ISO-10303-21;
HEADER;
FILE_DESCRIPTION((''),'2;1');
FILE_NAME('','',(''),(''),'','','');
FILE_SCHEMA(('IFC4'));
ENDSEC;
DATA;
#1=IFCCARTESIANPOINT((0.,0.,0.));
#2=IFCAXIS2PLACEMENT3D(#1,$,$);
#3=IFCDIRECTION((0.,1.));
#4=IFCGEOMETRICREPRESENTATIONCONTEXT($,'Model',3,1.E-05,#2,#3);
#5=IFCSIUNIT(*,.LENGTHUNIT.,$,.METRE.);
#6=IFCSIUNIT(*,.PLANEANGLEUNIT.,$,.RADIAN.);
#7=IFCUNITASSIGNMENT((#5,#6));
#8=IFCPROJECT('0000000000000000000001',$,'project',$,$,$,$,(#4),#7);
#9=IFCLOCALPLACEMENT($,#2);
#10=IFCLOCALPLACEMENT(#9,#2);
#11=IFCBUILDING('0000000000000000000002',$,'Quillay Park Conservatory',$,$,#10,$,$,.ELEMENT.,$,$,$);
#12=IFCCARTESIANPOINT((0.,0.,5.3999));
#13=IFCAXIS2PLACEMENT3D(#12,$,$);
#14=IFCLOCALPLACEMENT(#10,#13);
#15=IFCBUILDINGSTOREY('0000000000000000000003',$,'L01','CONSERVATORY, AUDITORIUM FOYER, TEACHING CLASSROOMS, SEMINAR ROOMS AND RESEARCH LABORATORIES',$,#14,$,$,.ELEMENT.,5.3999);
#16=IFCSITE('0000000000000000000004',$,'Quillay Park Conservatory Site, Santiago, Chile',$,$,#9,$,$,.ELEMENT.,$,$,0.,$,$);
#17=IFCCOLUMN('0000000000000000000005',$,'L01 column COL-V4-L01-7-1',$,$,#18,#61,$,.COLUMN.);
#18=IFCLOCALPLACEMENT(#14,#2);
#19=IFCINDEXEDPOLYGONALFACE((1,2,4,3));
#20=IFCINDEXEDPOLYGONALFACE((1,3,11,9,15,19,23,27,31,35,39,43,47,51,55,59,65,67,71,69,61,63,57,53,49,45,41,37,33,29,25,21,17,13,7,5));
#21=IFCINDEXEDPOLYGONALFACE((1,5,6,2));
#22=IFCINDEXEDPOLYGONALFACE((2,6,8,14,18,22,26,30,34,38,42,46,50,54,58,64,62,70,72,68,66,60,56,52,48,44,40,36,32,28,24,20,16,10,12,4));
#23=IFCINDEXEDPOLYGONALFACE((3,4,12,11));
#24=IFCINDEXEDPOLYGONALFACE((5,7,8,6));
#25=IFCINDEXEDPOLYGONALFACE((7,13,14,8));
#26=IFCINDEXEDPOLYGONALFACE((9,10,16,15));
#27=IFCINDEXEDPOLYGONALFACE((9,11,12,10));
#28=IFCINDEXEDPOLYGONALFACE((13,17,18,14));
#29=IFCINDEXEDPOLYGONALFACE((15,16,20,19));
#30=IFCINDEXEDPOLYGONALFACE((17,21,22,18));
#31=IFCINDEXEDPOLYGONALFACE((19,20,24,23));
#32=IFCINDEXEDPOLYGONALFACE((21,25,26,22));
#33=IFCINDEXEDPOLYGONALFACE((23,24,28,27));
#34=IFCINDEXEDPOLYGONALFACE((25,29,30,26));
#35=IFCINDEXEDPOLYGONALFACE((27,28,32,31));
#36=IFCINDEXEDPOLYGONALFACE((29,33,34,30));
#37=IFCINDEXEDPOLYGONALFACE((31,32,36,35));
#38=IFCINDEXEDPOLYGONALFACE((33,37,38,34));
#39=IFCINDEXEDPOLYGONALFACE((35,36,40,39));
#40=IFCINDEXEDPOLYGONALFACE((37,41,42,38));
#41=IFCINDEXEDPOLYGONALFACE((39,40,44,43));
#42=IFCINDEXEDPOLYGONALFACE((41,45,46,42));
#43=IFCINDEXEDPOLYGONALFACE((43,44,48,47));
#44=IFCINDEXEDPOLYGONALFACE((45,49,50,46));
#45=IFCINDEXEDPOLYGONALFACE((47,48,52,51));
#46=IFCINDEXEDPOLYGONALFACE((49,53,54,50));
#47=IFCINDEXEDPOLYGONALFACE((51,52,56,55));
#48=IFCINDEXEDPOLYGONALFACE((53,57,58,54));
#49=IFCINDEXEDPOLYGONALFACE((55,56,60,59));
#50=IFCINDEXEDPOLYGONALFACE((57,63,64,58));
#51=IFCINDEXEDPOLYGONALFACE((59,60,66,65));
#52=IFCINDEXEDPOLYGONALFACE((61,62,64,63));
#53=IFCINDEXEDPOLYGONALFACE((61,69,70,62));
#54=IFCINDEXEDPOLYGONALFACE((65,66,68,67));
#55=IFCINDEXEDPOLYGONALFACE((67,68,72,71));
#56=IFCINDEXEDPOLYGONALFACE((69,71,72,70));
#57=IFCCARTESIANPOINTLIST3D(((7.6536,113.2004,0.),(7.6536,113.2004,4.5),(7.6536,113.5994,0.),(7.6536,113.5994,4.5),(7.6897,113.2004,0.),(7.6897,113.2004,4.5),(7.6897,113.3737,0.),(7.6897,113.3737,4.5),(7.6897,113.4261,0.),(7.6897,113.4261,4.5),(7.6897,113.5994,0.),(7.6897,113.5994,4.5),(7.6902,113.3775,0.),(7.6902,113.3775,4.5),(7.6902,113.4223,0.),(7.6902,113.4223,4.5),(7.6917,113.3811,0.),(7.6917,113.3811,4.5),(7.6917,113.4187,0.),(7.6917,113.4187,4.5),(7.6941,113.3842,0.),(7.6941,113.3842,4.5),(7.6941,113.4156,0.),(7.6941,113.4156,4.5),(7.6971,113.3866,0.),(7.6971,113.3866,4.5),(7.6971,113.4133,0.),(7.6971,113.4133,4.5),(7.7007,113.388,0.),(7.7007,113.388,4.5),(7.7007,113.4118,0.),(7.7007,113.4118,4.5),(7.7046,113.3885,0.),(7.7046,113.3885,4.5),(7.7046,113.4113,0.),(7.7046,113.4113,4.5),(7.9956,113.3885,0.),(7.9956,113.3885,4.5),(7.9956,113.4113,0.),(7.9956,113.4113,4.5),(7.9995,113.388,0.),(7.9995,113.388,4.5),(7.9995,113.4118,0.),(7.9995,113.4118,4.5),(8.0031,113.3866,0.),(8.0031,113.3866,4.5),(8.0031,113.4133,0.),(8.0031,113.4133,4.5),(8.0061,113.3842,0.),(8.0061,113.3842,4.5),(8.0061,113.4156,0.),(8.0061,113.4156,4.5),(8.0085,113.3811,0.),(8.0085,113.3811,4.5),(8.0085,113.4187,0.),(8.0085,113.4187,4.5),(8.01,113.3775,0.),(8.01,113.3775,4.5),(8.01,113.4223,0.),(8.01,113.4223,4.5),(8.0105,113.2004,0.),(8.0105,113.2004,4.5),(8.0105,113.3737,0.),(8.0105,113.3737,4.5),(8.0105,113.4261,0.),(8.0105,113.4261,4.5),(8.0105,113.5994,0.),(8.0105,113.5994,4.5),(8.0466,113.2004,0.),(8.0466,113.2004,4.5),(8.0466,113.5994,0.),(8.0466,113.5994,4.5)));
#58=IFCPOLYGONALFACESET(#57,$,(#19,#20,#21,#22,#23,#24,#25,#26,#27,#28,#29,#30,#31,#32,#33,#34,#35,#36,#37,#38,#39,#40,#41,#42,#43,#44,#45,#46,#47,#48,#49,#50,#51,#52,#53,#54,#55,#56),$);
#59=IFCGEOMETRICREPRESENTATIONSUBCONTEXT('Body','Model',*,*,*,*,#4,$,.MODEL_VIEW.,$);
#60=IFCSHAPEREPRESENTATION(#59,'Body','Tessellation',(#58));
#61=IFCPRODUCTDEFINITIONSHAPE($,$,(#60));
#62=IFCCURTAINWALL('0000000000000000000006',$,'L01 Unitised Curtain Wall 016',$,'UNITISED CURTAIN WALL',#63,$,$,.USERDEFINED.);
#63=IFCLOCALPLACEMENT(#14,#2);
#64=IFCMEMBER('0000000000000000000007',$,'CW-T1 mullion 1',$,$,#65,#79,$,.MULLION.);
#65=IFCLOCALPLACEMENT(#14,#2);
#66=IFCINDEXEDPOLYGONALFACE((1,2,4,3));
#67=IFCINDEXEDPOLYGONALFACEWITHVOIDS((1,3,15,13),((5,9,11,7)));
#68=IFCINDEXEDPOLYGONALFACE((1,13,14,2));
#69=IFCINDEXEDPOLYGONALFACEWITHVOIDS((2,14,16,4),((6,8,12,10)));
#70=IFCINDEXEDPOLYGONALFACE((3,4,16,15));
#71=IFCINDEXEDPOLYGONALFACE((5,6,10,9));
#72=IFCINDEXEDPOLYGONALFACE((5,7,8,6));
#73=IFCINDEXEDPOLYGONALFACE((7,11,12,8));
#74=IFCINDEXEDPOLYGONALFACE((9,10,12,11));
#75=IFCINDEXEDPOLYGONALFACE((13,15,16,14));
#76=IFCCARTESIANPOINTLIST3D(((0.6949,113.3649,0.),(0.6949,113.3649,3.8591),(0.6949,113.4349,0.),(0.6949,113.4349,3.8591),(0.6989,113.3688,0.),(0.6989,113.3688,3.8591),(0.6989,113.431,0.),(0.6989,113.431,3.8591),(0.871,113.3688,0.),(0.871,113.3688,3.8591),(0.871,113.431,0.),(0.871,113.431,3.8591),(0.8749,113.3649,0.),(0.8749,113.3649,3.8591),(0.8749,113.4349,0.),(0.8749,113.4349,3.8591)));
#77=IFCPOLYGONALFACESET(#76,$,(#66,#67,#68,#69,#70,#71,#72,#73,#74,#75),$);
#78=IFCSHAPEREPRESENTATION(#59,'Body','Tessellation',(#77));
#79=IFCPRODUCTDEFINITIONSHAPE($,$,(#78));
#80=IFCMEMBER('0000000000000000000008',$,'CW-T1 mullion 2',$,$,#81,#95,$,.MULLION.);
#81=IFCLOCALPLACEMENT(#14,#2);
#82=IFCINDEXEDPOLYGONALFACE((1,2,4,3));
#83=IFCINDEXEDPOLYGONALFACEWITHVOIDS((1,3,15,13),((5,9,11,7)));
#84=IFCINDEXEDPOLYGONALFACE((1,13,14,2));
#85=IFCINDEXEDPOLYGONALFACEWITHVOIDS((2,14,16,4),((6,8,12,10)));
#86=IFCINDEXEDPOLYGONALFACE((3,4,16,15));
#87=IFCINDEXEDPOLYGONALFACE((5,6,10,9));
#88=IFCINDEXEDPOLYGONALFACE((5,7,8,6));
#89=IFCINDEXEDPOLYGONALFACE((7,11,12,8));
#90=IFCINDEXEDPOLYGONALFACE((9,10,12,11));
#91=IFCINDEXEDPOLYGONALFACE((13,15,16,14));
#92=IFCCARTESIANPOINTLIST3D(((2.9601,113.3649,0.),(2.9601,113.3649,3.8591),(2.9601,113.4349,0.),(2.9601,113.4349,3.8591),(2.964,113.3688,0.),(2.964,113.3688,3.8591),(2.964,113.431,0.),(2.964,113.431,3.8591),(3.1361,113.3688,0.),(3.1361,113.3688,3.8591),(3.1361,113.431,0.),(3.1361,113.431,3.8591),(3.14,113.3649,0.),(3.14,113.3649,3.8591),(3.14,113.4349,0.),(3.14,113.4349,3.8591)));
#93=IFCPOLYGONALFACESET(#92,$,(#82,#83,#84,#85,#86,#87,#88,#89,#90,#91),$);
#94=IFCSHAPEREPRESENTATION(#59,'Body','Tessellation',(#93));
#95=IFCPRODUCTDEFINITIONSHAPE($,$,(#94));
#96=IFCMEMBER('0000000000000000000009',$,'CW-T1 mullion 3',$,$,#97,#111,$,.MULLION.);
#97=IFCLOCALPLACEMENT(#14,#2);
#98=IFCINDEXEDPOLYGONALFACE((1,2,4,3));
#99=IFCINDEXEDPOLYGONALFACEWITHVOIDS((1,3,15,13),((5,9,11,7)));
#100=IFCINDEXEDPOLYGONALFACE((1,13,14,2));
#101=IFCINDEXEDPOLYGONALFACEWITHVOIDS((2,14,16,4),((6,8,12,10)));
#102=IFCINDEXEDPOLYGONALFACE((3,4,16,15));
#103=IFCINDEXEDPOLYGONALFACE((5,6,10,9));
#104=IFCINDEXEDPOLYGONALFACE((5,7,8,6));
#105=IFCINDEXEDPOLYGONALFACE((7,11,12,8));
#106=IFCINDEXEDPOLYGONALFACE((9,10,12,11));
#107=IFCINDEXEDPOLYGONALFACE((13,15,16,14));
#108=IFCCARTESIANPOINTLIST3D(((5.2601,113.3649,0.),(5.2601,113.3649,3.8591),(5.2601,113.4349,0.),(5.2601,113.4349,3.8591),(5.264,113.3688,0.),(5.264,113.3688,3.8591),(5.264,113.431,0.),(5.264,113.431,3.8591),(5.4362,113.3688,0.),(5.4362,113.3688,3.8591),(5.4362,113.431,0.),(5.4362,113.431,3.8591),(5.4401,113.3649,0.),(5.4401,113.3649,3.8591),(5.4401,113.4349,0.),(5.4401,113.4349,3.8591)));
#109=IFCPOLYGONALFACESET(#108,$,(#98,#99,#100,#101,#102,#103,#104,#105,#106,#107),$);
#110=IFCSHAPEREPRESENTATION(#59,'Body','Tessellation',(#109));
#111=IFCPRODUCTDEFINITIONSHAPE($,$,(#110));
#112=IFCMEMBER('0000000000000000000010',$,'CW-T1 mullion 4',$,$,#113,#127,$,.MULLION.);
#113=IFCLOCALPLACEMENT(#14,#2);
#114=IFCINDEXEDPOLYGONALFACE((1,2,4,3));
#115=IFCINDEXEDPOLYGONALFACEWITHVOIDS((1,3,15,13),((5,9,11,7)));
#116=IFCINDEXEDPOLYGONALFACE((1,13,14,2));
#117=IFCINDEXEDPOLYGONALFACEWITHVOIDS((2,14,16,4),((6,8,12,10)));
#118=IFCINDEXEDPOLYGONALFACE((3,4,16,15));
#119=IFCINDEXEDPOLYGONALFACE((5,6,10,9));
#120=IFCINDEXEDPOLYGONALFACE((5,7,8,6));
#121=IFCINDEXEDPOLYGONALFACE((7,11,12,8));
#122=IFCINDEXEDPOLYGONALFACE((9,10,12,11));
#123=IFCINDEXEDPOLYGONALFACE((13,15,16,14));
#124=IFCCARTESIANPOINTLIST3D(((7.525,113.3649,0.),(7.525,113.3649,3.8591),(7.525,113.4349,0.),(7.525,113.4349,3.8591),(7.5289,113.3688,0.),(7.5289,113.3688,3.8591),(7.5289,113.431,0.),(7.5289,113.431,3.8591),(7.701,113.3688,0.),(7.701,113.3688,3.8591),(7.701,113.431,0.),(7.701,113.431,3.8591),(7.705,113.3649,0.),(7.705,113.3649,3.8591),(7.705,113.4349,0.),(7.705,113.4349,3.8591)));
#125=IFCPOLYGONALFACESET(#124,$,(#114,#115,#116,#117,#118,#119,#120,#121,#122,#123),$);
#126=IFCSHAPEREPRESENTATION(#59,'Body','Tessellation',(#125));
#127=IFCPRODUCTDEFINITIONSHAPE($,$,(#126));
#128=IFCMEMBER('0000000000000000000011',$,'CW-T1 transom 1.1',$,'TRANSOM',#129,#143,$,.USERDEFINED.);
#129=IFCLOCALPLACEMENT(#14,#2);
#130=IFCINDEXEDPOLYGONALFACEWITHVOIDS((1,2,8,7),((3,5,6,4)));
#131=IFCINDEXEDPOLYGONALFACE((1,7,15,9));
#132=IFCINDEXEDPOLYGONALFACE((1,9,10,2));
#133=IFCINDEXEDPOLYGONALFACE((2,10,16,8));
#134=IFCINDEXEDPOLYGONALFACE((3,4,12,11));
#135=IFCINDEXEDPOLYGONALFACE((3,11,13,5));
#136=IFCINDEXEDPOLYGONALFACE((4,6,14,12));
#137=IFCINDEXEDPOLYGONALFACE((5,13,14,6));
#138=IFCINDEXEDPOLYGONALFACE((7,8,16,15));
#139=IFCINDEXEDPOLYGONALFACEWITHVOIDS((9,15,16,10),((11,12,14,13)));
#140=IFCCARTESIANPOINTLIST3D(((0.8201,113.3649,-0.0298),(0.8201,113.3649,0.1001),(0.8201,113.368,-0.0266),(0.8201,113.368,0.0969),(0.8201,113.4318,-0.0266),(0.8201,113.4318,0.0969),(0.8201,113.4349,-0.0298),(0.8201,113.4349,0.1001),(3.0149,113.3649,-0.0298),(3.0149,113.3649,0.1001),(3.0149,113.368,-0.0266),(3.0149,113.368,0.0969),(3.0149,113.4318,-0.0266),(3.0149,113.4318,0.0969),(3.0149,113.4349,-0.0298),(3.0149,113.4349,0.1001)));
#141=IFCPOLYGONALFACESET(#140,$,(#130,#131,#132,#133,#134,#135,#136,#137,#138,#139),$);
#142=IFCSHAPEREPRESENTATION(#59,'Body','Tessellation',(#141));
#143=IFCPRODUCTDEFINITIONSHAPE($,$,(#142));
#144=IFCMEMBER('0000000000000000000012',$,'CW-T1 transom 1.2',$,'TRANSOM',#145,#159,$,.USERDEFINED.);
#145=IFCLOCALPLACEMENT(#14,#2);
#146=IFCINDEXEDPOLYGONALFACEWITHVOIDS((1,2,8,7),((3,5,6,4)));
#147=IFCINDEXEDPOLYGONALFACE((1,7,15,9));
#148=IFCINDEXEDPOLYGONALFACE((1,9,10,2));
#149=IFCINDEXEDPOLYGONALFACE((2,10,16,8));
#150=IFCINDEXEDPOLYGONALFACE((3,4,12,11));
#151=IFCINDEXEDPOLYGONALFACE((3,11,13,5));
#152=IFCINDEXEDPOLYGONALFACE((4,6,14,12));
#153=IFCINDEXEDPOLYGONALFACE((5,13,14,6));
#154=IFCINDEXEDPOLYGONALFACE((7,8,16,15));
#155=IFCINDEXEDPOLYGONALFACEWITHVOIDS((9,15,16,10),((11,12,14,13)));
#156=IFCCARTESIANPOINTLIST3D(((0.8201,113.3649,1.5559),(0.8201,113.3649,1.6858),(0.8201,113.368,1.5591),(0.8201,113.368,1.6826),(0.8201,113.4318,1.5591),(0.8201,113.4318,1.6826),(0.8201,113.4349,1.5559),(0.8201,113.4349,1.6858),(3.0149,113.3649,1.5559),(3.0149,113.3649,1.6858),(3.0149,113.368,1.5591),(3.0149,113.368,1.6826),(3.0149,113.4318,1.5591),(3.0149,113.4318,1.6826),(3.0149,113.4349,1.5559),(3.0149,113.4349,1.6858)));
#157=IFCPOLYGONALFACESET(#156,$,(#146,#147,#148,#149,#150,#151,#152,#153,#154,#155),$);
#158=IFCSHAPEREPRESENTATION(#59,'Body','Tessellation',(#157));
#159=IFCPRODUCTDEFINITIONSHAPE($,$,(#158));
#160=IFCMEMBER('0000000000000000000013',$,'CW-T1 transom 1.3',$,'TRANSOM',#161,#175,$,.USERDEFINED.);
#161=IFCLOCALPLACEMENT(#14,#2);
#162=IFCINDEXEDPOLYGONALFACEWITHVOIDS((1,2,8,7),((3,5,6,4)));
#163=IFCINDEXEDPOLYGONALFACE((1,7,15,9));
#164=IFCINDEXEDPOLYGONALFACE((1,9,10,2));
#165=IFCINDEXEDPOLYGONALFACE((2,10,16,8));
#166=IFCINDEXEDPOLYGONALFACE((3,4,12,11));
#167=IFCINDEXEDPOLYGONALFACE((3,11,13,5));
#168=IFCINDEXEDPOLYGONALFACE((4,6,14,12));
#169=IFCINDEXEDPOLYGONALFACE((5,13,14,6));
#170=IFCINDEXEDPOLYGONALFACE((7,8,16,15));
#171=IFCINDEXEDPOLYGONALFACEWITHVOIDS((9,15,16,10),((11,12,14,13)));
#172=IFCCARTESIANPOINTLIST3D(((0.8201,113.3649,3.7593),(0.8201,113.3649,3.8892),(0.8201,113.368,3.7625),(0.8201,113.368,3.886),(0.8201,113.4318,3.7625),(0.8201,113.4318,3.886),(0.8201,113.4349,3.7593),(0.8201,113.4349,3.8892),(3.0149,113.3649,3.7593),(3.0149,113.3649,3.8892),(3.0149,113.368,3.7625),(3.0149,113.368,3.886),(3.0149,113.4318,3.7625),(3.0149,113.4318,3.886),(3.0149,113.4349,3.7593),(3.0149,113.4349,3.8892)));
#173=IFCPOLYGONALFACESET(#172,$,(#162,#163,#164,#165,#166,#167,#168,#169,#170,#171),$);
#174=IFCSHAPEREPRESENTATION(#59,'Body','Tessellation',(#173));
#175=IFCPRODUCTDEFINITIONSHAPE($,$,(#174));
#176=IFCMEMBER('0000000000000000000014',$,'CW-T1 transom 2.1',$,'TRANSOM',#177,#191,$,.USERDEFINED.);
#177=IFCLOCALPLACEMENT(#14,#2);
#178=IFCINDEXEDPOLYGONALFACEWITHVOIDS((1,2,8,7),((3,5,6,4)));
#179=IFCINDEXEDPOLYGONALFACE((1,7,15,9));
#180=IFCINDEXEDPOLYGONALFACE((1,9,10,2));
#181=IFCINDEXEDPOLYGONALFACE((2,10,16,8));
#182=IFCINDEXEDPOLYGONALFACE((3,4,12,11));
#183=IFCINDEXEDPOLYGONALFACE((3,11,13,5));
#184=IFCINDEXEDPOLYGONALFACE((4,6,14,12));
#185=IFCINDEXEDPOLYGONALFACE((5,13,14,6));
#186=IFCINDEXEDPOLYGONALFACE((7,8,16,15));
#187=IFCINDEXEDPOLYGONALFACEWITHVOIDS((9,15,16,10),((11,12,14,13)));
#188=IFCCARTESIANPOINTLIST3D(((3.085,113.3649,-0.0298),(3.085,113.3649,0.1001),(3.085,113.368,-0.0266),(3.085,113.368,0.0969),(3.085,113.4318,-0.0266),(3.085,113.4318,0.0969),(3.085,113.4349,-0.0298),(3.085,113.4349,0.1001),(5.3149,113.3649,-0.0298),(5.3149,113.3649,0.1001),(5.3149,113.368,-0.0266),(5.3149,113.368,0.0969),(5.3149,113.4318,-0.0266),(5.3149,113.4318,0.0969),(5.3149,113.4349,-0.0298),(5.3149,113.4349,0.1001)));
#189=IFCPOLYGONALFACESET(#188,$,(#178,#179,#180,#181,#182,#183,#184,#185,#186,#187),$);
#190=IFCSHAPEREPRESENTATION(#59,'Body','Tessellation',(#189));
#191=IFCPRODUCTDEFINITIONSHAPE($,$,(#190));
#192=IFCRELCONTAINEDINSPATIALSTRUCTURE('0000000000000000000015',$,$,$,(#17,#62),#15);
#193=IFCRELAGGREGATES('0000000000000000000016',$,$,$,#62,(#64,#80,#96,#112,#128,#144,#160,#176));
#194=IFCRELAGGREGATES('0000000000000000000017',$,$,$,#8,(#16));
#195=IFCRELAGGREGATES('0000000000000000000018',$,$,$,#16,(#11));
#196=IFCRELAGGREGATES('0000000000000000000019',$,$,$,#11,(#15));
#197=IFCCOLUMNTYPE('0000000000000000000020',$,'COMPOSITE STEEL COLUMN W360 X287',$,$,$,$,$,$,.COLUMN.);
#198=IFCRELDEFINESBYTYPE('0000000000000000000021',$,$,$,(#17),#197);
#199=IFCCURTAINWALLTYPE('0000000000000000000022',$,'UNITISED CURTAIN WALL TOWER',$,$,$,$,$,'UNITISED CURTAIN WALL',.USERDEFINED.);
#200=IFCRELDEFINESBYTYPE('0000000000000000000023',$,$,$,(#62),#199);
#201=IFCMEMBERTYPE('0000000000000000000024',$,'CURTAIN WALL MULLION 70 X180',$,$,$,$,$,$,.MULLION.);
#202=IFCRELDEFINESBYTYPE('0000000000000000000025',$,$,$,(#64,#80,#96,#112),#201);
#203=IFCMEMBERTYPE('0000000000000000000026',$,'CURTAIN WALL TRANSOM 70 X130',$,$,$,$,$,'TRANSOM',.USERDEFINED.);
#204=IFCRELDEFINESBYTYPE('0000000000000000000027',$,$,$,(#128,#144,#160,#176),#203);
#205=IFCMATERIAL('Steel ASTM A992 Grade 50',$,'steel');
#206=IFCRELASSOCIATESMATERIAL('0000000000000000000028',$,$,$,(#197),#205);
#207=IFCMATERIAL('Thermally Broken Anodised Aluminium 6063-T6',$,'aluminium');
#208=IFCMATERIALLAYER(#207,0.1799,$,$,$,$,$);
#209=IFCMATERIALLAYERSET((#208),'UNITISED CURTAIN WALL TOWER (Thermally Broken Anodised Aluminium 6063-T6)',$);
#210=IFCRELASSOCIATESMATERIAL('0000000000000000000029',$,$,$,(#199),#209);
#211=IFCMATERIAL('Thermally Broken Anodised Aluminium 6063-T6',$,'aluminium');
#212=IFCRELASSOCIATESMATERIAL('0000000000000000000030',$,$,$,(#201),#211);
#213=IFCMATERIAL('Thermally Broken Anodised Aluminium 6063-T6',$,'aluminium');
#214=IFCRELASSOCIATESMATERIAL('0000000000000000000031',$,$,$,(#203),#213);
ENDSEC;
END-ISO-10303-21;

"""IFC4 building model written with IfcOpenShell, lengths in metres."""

from ifc_helpers import new_model, si_unit, direction, frame, origin, origin_2d, place, context, subcontext, project, spatial, hollow_rectangle, i_section, extrude, material, layer, layer_set, material_profile, profile_set, type_object, element, aggregate, save


model = new_model("IFC4")

# Units and contexts
model_context = context("Model", 3, precision=1e-05, world=origin(), true_north=direction((0.0, 1.0)))
body_context = subcontext(model_context, "Body", "Model", "MODEL_VIEW")
ifc_project = project(units=[si_unit("LENGTHUNIT", "METRE"), si_unit("PLANEANGLEUNIT", "RADIAN")], contexts=[model_context])

# Site, building, storey
site_placement = place(None, origin())
site = spatial("IfcSite", under=ifc_project, at=site_placement, Name="Quillay Park Conservatory Site, Santiago, Chile", CompositionType="ELEMENT", RefElevation=0.0)
building_placement = place(site_placement, origin())
building = spatial("IfcBuilding", under=site, at=building_placement, Name="Quillay Park Conservatory", CompositionType="ELEMENT")
storey_placement = place(building_placement, frame((0.0, 0.0, 5.3999)))
storey = spatial("IfcBuildingStorey", under=building, at=storey_placement, Name="L01", Description="CONSERVATORY, AUDITORIUM FOYER, TEACHING CLASSROOMS, SEMINAR ROOMS AND RESEARCH LABORATORIES", CompositionType="ELEMENT", Elevation=5.3999)

# Column
ifc_material_1 = material(Name="Steel ASTM A992 Grade 50", Category="steel")
ifc_material_profile_1 = material_profile(ifc_material_1, i_section(OverallWidth=0.3989, OverallDepth=0.3931, WebThickness=0.0227, FlangeThickness=0.0361, FilletRadius=0.0149, at=origin_2d()), Name="W360x287")
ifc_profile_set_1 = profile_set([ifc_material_profile_1], Name="Steel ASTM A992 Grade 50")
column_type = type_object("IfcColumnType", Name="COMPOSITE STEEL COLUMN W360 X287", PredefinedType="COLUMN", material=ifc_profile_set_1)
column_placement = place(storey_placement, frame((7.8501, 113.3999, 0.0), z_axis=(0.0, 0.0, 1.0), x_axis=(0.0, 1.0, 0.0)))
element("IfcColumn", 1, at=column_placement, inside=storey, type_object=column_type, Name="L01 column COL-V4-L01-7-1", PredefinedType="COLUMN", context=body_context, shape_type="SweptSolid", body=[
    extrude(i_section(OverallWidth=0.3989, OverallDepth=0.3931, WebThickness=0.0227, FlangeThickness=0.0361, FilletRadius=0.0149, at=origin_2d()), origin(), (0.0, 0.0, 1.0), 4.5),
])

# Curtain wall, members
ifc_material_2 = material(Name="Thermally Broken Anodised Aluminium 6063-T6", Category="aluminium")
ifc_layer_1 = layer(ifc_material_2, 0.1799)
ifc_layer_set_1 = layer_set([ifc_layer_1], Name="UNITISED CURTAIN WALL TOWER (Thermally Broken Anodised Aluminium 6063-T6)")
curtain_wall_type = type_object("IfcCurtainWallType", Name="UNITISED CURTAIN WALL TOWER", ElementType="UNITISED CURTAIN WALL", PredefinedType="USERDEFINED", material=ifc_layer_set_1)
curtain_wall_placement = place(storey_placement, origin())
curtain_wall = element("IfcCurtainWall", 2, at=curtain_wall_placement, inside=storey, type_object=curtain_wall_type, Name="L01 Unitised Curtain Wall 016", ObjectType="UNITISED CURTAIN WALL", PredefinedType="USERDEFINED")
ifc_material_3 = material(Name="Thermally Broken Anodised Aluminium 6063-T6", Category="aluminium")
ifc_material_profile_2 = material_profile(ifc_material_3, hollow_rectangle(XDim=0.0701, YDim=0.1799, WallThickness=0.0039, at=origin_2d()), Name="AL70x180x4")
ifc_profile_set_2 = profile_set([ifc_material_profile_2], Name="Thermally Broken Anodised Aluminium 6063-T6")
member_type_1 = type_object("IfcMemberType", Name="CURTAIN WALL MULLION 70 X180", PredefinedType="MULLION", material=ifc_profile_set_2)
member_1_placement = place(storey_placement, frame((0.7849, 113.3999, 0.0), z_axis=(0.0, 0.0, 1.0), x_axis=(0.0, 1.0, 0.0)))
member_1 = element("IfcMember", 3, at=member_1_placement, type_object=member_type_1, Name="CW-T1 mullion 1", PredefinedType="MULLION", context=body_context, shape_type="SweptSolid", body=[
    extrude(hollow_rectangle(XDim=0.0701, YDim=0.1799, WallThickness=0.0039, at=origin_2d()), origin(), (0.0, 0.0, 1.0), 3.8591),
])
member_2_placement = place(storey_placement, frame((3.05, 113.3999, 0.0), z_axis=(0.0, 0.0, 1.0), x_axis=(0.0, 1.0, 0.0)))
member_2 = element("IfcMember", 4, at=member_2_placement, type_object=member_type_1, Name="CW-T1 mullion 2", PredefinedType="MULLION", context=body_context, shape_type="SweptSolid", body=[
    extrude(hollow_rectangle(XDim=0.0701, YDim=0.1799, WallThickness=0.0039, at=origin_2d()), origin(), (0.0, 0.0, 1.0), 3.8591),
])
member_3_placement = place(storey_placement, frame((5.3501, 113.3999, 0.0), z_axis=(0.0, 0.0, 1.0), x_axis=(0.0, 1.0, 0.0)))
member_3 = element("IfcMember", 5, at=member_3_placement, type_object=member_type_1, Name="CW-T1 mullion 3", PredefinedType="MULLION", context=body_context, shape_type="SweptSolid", body=[
    extrude(hollow_rectangle(XDim=0.0701, YDim=0.1799, WallThickness=0.0039, at=origin_2d()), origin(), (0.0, 0.0, 1.0), 3.8591),
])
member_4_placement = place(storey_placement, frame((7.615, 113.3999, 0.0), z_axis=(0.0, 0.0, 1.0), x_axis=(0.0, 1.0, 0.0)))
member_4 = element("IfcMember", 6, at=member_4_placement, type_object=member_type_1, Name="CW-T1 mullion 4", PredefinedType="MULLION", context=body_context, shape_type="SweptSolid", body=[
    extrude(hollow_rectangle(XDim=0.0701, YDim=0.1799, WallThickness=0.0039, at=origin_2d()), origin(), (0.0, 0.0, 1.0), 3.8591),
])
ifc_material_4 = material(Name="Thermally Broken Anodised Aluminium 6063-T6", Category="aluminium")
ifc_material_profile_3 = material_profile(ifc_material_4, hollow_rectangle(XDim=0.0701, YDim=0.1299, WallThickness=0.0032, at=origin_2d()), Name="AL70x130x3.2")
ifc_profile_set_3 = profile_set([ifc_material_profile_3], Name="Thermally Broken Anodised Aluminium 6063-T6")
member_type_2 = type_object("IfcMemberType", Name="CURTAIN WALL TRANSOM 70 X130", ElementType="TRANSOM", PredefinedType="USERDEFINED", material=ifc_profile_set_3)
member_5_placement = place(storey_placement, frame((0.8201, 113.3999, 0.0352), z_axis=(1.0, 0.0, 0.0), x_axis=(0.0, 1.0, 0.0)))
member_5 = element("IfcMember", 7, at=member_5_placement, type_object=member_type_2, Name="CW-T1 transom 1.1", ObjectType="TRANSOM", PredefinedType="USERDEFINED", context=body_context, shape_type="SweptSolid", body=[
    extrude(hollow_rectangle(XDim=0.0701, YDim=0.1299, WallThickness=0.0032, at=origin_2d()), origin(), (0.0, 0.0, 1.0), 2.1948),
])
member_6_placement = place(storey_placement, frame((0.8201, 113.3999, 1.6208), z_axis=(1.0, 0.0, 0.0), x_axis=(0.0, 1.0, 0.0)))
member_6 = element("IfcMember", 8, at=member_6_placement, type_object=member_type_2, Name="CW-T1 transom 1.2", ObjectType="TRANSOM", PredefinedType="USERDEFINED", context=body_context, shape_type="SweptSolid", body=[
    extrude(hollow_rectangle(XDim=0.0701, YDim=0.1299, WallThickness=0.0032, at=origin_2d()), origin(), (0.0, 0.0, 1.0), 2.1948),
])
member_7_placement = place(storey_placement, frame((0.8201, 113.3999, 3.8242), z_axis=(1.0, 0.0, 0.0), x_axis=(0.0, 1.0, 0.0)))
member_7 = element("IfcMember", 9, at=member_7_placement, type_object=member_type_2, Name="CW-T1 transom 1.3", ObjectType="TRANSOM", PredefinedType="USERDEFINED", context=body_context, shape_type="SweptSolid", body=[
    extrude(hollow_rectangle(XDim=0.0701, YDim=0.1299, WallThickness=0.0032, at=origin_2d()), origin(), (0.0, 0.0, 1.0), 2.1948),
])
member_8_placement = place(storey_placement, frame((3.085, 113.3999, 0.0352), z_axis=(1.0, 0.0, 0.0), x_axis=(0.0, 1.0, 0.0)))
member_8 = element("IfcMember", 10, at=member_8_placement, type_object=member_type_2, Name="CW-T1 transom 2.1", ObjectType="TRANSOM", PredefinedType="USERDEFINED", context=body_context, shape_type="SweptSolid", body=[
    extrude(hollow_rectangle(XDim=0.0701, YDim=0.1299, WallThickness=0.0032, at=origin_2d()), origin(), (0.0, 0.0, 1.0), 2.23),
])
aggregate(curtain_wall, [member_1, member_2, member_3, member_4, member_5, member_6, member_7, member_8])

save(model, "model.ifc")
